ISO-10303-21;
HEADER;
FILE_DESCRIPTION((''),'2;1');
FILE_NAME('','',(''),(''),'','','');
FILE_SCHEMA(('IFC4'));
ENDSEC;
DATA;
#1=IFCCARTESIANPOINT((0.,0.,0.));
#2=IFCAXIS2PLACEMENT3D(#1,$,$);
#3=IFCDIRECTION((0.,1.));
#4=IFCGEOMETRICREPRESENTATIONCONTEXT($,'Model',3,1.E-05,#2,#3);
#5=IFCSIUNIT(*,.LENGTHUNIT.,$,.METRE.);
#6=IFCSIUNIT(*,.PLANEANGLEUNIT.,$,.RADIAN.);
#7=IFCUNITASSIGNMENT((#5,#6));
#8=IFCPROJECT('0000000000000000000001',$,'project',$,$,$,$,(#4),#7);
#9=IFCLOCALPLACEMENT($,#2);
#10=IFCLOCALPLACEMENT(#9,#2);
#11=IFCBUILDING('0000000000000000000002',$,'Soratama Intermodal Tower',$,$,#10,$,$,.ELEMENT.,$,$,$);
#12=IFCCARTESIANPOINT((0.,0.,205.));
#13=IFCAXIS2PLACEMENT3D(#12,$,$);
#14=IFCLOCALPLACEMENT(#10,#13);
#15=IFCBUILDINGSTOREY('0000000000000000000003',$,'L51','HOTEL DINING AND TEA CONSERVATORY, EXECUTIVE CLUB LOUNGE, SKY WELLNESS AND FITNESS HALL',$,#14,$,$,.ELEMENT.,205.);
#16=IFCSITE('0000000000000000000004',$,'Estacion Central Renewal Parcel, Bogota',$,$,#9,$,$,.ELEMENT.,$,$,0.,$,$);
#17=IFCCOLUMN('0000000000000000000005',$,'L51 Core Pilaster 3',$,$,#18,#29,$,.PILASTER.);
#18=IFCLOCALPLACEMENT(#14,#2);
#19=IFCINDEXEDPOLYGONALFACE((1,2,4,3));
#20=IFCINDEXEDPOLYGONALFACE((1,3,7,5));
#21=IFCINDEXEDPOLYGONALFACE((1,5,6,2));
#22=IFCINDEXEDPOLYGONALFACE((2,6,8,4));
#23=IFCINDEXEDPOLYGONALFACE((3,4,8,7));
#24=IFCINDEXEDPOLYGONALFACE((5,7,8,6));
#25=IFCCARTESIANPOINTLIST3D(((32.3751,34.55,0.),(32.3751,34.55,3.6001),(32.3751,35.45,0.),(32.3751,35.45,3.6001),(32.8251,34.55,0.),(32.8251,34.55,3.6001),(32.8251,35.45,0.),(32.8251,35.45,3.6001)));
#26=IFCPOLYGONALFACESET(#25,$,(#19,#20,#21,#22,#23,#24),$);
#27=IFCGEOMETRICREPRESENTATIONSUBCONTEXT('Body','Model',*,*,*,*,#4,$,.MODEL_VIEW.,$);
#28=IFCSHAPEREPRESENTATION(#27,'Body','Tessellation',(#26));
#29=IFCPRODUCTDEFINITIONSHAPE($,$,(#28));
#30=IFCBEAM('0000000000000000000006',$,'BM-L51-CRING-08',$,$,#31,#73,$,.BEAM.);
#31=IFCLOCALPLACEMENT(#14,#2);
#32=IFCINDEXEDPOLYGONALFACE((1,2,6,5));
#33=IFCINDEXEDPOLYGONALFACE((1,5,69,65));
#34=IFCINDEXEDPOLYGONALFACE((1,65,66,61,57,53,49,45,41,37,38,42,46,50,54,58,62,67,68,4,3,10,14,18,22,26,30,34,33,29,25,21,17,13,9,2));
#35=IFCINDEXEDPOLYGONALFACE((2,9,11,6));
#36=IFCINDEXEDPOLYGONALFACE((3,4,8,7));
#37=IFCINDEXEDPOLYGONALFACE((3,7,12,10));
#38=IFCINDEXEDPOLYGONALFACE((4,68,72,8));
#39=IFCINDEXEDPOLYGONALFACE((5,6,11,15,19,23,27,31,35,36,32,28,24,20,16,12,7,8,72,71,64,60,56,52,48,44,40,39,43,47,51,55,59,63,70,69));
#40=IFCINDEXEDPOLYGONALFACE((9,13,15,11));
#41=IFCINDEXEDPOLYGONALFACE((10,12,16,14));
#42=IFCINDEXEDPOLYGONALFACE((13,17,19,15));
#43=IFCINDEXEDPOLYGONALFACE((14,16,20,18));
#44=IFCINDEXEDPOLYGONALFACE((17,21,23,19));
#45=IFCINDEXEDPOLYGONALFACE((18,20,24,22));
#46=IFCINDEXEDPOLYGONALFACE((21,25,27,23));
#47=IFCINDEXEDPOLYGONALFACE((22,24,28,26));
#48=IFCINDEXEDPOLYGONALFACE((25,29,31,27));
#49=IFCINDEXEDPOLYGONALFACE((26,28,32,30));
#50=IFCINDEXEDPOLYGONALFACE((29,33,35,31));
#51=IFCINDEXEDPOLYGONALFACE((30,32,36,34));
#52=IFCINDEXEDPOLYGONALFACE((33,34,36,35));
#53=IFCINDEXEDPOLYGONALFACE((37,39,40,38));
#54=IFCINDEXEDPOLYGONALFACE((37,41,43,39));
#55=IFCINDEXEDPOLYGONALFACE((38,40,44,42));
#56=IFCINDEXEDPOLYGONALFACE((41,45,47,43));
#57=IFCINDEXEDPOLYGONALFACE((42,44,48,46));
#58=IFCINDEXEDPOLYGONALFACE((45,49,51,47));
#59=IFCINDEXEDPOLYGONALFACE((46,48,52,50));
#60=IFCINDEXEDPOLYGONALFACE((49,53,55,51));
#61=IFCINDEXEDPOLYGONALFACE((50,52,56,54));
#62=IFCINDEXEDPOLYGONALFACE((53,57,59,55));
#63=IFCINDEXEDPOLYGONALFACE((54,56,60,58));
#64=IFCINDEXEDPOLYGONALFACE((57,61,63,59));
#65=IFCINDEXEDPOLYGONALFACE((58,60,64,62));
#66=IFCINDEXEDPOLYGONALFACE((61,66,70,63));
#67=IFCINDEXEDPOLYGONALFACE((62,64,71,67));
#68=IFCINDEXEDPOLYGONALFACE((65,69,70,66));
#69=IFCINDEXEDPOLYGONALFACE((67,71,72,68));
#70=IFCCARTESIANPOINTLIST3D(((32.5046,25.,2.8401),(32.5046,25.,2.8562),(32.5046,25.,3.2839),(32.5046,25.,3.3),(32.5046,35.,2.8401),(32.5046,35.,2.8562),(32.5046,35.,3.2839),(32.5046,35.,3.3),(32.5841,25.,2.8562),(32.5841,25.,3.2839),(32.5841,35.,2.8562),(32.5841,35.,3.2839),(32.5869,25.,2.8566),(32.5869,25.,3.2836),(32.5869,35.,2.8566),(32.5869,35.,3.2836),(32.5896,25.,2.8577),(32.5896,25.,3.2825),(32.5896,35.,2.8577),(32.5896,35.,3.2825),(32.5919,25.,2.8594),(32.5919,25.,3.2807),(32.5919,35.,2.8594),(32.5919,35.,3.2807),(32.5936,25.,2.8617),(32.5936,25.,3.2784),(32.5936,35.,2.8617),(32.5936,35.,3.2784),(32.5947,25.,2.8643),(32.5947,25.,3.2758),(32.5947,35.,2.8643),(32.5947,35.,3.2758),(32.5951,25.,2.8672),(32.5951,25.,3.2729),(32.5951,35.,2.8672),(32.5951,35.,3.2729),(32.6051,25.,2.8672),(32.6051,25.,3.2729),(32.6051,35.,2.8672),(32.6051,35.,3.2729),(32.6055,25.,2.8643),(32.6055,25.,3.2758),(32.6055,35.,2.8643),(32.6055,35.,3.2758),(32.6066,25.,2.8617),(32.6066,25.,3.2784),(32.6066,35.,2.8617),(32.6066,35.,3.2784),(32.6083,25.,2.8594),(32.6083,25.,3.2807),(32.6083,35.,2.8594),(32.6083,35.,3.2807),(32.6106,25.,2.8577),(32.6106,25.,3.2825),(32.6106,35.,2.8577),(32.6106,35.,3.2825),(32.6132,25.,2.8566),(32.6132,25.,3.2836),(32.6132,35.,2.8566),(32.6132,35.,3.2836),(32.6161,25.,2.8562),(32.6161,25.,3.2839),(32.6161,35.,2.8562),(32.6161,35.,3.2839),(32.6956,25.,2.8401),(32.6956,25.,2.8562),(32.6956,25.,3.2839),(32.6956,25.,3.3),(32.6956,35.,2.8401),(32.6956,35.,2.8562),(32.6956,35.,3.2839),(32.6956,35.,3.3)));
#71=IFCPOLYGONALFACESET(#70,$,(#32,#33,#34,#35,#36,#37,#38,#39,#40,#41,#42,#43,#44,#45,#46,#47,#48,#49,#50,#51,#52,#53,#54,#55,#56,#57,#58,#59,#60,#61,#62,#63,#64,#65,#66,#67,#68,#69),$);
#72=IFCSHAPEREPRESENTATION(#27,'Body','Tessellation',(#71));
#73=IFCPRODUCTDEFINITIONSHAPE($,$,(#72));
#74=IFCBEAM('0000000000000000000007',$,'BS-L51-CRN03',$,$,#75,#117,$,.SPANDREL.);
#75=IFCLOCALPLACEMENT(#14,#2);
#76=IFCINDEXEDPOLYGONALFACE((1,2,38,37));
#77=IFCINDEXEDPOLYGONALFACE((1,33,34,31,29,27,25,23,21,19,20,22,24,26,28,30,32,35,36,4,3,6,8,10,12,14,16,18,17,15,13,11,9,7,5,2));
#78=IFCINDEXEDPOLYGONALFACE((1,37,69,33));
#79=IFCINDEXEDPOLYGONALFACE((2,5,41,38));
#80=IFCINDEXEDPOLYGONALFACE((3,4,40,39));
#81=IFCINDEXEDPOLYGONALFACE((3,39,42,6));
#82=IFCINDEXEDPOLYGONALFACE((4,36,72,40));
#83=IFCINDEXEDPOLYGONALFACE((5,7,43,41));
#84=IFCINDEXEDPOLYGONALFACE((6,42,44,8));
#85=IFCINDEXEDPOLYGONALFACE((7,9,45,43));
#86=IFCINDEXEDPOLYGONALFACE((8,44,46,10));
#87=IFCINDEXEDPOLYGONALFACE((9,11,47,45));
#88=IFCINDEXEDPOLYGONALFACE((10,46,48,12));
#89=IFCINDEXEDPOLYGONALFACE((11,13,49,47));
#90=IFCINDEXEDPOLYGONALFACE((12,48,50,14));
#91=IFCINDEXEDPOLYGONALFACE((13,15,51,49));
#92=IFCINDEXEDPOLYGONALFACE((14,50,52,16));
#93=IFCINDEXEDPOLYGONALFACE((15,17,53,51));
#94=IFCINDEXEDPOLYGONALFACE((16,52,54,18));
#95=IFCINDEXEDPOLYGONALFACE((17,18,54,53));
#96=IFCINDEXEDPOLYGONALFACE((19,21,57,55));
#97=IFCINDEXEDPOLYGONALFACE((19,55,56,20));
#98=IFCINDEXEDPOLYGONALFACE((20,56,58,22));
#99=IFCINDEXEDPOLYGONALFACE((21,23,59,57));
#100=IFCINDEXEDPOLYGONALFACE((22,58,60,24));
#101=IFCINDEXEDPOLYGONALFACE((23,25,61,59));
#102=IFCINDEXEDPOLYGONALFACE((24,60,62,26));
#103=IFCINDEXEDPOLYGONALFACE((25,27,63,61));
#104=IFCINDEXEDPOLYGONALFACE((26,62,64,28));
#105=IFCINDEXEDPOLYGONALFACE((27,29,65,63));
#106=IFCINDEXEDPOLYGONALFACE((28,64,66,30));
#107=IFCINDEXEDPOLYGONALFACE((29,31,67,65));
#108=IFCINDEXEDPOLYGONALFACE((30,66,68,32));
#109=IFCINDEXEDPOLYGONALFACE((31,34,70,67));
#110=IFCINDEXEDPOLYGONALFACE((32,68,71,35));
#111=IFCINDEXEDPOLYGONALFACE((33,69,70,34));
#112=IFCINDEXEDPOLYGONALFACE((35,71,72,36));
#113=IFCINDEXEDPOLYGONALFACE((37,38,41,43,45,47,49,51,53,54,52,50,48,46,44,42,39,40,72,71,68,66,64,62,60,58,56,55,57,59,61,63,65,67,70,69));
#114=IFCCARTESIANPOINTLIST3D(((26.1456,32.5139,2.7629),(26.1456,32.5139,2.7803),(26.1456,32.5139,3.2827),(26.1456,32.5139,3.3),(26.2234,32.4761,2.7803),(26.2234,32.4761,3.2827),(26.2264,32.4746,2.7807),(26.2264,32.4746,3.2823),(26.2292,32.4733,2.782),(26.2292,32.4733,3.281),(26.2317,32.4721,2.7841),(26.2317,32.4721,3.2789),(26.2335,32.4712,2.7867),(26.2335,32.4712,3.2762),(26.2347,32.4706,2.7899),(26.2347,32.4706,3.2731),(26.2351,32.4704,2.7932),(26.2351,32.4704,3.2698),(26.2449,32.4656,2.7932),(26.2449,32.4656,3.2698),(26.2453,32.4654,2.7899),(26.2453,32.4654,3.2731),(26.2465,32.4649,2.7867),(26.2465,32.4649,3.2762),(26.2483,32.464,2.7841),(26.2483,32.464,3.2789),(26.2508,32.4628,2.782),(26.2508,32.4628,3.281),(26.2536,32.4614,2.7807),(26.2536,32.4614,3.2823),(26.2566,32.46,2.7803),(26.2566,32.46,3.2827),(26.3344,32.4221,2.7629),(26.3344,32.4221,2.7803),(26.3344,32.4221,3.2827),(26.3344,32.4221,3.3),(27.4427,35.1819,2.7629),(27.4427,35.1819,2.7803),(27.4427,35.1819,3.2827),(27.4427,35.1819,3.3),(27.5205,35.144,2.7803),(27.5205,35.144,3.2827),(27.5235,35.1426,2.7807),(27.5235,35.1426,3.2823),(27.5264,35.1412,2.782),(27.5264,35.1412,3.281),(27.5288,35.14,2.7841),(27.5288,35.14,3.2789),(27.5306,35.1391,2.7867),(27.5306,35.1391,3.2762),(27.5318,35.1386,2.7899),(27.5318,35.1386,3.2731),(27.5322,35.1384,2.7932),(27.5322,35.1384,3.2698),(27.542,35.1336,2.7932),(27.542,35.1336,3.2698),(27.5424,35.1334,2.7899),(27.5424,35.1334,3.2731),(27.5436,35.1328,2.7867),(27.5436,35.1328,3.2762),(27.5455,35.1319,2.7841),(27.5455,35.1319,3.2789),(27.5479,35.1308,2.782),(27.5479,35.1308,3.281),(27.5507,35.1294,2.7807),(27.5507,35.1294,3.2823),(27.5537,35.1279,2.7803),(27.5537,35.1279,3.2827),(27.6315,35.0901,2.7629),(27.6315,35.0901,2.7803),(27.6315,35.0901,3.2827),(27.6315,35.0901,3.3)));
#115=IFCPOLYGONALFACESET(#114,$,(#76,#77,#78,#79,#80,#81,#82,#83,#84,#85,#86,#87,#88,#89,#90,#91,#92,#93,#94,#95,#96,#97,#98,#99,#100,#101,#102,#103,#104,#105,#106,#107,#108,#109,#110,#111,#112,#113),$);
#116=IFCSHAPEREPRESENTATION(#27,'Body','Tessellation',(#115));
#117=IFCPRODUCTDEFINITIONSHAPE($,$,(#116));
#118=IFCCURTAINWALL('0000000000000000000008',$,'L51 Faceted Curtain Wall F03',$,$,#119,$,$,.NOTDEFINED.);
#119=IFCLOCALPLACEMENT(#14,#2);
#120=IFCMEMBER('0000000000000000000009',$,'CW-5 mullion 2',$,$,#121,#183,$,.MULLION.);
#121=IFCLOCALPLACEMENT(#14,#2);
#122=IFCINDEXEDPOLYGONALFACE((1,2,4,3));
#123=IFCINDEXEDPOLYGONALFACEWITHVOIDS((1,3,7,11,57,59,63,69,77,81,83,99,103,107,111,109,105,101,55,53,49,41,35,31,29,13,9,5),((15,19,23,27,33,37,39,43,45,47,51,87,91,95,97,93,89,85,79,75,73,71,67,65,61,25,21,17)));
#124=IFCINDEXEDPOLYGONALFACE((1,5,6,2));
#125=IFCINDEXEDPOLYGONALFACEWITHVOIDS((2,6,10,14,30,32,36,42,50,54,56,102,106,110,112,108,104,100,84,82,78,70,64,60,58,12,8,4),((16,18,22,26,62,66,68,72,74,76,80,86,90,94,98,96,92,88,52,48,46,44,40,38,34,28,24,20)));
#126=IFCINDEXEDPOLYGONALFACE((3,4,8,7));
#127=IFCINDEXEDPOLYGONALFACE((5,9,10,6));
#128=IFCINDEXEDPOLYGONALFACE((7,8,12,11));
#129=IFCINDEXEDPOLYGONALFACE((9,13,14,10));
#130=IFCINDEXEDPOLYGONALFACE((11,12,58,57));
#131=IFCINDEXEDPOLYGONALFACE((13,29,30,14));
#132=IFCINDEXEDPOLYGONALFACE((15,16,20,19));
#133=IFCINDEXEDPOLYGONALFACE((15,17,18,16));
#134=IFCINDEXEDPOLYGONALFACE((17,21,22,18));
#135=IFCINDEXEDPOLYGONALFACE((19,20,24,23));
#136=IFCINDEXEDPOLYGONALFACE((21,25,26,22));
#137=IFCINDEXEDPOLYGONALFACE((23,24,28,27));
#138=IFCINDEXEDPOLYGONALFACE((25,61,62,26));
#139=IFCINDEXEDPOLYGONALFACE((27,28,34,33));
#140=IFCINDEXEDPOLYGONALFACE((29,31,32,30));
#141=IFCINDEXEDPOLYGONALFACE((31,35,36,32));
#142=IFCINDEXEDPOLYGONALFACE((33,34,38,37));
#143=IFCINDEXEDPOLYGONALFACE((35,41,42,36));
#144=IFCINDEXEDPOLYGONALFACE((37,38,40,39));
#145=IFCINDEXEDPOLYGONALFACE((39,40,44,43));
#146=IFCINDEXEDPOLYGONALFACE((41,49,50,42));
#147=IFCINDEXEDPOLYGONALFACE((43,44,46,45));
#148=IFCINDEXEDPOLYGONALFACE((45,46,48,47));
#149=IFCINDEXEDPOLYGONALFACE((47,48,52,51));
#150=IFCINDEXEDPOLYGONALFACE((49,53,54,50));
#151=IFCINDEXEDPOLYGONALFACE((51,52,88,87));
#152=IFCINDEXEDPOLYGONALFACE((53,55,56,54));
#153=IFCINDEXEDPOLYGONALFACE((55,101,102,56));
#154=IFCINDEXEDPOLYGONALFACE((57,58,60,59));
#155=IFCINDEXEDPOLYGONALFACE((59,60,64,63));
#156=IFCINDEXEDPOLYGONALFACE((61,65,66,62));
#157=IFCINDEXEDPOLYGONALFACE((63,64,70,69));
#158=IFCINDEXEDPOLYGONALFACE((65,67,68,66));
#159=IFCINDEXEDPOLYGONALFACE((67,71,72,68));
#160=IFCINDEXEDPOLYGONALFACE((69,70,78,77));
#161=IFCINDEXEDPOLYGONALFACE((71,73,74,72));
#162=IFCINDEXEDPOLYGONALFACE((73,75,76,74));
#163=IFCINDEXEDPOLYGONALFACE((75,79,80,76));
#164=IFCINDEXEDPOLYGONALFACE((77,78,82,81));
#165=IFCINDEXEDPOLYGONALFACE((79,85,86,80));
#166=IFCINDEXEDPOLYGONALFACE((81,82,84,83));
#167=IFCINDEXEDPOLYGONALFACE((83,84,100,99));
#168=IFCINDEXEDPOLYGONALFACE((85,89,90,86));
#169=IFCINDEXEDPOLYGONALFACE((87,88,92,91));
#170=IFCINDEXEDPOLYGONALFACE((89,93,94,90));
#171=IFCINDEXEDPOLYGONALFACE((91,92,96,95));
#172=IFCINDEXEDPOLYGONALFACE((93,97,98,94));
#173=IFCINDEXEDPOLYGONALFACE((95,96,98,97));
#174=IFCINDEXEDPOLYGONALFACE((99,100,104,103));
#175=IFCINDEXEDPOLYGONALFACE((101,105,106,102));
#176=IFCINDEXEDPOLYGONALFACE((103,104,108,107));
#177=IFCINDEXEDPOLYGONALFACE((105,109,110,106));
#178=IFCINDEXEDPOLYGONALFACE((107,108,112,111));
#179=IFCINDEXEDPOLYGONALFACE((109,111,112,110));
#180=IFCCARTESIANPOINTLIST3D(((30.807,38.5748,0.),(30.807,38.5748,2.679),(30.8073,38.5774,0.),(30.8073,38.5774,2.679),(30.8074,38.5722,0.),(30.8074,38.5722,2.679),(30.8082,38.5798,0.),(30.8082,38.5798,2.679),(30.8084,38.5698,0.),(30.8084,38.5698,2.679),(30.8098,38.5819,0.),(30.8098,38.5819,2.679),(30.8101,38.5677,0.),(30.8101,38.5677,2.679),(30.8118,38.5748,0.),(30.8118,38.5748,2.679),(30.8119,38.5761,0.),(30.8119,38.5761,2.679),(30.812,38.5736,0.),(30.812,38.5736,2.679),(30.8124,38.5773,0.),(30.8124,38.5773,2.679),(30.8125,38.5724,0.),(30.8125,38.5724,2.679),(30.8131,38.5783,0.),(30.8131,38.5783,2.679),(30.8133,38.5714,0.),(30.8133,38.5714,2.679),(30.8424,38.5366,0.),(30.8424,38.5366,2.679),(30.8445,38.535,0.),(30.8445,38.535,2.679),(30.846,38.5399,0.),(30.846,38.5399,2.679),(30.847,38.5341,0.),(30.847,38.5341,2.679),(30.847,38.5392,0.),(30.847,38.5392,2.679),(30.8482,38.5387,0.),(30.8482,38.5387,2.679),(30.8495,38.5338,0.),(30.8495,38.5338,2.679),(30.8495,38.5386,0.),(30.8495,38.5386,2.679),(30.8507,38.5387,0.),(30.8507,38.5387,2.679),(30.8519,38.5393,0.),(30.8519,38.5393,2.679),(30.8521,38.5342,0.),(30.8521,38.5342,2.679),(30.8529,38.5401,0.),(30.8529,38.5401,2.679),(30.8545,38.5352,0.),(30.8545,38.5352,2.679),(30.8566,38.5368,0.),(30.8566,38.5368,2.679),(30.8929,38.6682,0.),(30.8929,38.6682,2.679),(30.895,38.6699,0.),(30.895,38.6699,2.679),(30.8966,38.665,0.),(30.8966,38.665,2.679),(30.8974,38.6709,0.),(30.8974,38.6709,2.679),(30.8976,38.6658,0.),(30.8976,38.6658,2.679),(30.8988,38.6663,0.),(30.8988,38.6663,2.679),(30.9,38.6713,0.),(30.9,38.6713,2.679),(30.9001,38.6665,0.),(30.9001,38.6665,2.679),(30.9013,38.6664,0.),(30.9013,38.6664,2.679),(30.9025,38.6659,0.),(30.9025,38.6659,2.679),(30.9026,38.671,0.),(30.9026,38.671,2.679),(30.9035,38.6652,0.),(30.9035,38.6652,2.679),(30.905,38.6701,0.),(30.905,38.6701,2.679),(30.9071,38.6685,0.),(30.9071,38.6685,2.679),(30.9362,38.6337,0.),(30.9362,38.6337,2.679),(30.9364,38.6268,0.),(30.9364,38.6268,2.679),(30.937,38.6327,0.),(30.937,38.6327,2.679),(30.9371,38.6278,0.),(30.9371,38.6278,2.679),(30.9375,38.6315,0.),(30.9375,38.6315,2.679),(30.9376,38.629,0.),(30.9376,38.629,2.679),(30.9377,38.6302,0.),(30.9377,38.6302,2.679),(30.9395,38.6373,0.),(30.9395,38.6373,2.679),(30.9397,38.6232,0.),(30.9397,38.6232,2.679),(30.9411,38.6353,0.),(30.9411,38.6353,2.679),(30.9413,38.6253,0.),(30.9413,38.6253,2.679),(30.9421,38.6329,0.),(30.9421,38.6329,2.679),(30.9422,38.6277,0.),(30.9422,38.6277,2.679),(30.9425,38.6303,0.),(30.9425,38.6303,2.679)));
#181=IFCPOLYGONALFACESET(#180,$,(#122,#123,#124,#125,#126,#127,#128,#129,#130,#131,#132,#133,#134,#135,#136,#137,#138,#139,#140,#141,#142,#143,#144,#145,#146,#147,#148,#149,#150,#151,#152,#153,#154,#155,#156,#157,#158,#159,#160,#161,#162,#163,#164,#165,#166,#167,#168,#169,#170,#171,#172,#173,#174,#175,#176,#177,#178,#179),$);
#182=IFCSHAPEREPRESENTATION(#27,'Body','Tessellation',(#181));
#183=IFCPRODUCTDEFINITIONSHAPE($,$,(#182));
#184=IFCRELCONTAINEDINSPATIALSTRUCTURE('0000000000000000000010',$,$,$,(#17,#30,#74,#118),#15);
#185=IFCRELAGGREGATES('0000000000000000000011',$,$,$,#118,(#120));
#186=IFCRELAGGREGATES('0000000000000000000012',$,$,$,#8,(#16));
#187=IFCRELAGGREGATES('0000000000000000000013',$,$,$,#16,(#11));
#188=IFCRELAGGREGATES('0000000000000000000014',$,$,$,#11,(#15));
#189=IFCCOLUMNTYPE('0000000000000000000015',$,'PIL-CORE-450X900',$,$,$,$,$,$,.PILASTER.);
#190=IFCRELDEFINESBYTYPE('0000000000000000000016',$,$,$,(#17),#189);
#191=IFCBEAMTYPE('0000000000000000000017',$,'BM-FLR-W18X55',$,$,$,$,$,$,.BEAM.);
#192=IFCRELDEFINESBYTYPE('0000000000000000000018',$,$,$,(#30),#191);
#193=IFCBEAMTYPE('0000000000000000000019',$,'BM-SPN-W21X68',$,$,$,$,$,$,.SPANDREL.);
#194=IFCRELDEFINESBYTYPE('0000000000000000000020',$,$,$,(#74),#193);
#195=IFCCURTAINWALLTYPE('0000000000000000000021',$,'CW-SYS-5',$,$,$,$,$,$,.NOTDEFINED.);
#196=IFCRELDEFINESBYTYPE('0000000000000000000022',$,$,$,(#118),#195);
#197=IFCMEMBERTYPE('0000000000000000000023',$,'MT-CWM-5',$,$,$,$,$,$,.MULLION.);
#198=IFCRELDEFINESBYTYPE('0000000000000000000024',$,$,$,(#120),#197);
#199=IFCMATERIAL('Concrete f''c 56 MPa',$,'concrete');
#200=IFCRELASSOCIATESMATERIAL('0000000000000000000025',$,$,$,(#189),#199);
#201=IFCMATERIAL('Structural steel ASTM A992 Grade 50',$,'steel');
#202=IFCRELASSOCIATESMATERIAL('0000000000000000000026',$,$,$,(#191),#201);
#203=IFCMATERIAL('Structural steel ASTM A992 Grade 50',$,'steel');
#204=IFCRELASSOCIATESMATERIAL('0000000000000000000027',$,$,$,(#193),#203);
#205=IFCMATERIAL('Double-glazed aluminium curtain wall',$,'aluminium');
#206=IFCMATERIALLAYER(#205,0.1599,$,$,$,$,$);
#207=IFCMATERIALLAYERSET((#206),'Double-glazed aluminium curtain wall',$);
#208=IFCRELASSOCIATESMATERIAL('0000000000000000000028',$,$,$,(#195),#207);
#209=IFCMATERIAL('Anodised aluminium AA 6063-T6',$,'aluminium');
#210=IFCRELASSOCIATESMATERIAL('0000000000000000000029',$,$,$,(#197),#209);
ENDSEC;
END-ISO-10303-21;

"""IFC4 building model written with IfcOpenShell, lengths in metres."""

from ifc_helpers import new_model, si_unit, direction, frame, origin, origin_2d, place, context, subcontext, project, spatial, rectangle, hollow_rectangle, i_section, extrude, material, layer, layer_set, material_profile, profile_set, type_object, element, aggregate, save


model = new_model("IFC4")

# Units and contexts
model_context = context("Model", 3, precision=1e-05, world=origin(), true_north=direction((0.0, 1.0)))
body_context = subcontext(model_context, "Body", "Model", "MODEL_VIEW")
ifc_project = project(units=[si_unit("LENGTHUNIT", "METRE"), si_unit("PLANEANGLEUNIT", "RADIAN")], contexts=[model_context])

# Site, building, storey
site_placement = place(None, origin())
site = spatial("IfcSite", under=ifc_project, at=site_placement, Name="Estacion Central Renewal Parcel, Bogota", CompositionType="ELEMENT", RefElevation=0.0)
building_placement = place(site_placement, origin())
building = spatial("IfcBuilding", under=site, at=building_placement, Name="Soratama Intermodal Tower", CompositionType="ELEMENT")
storey_placement = place(building_placement, frame((0.0, 0.0, 205.0)))
storey = spatial("IfcBuildingStorey", under=building, at=storey_placement, Name="L51", Description="HOTEL DINING AND TEA CONSERVATORY, EXECUTIVE CLUB LOUNGE, SKY WELLNESS AND FITNESS HALL", CompositionType="ELEMENT", Elevation=205.0)

# Column
ifc_material_1 = material(Name="Concrete f'c 56 MPa", Category="concrete")
ifc_material_profile_1 = material_profile(ifc_material_1, rectangle(XDim=0.45, YDim=0.8999, at=origin_2d()), Name="RC450X900")
ifc_profile_set_1 = profile_set([ifc_material_profile_1], Name="Concrete f'c 56 MPa")
column_type = type_object("IfcColumnType", Name="PIL-CORE-450X900", PredefinedType="PILASTER", material=ifc_profile_set_1)
column_placement = place(storey_placement, frame((32.6001, 35.0, 0.0), z_axis=(0.0, 0.0, 1.0), x_axis=(1.0, 0.0, 0.0)))
element("IfcColumn", 1, at=column_placement, inside=storey, type_object=column_type, Name="L51 Core Pilaster 3", PredefinedType="PILASTER", context=body_context, shape_type="SweptSolid", body=[
    extrude(rectangle(XDim=0.45, YDim=0.8999, at=origin_2d()), origin(), (0.0, 0.0, 1.0), 3.6001),
])

# Beams
ifc_material_2 = material(Name="Structural steel ASTM A992 Grade 50", Category="steel")
ifc_material_profile_2 = material_profile(ifc_material_2, i_section(OverallWidth=0.1909, OverallDepth=0.46, WebThickness=0.01, FlangeThickness=0.0161, FilletRadius=0.011, at=origin_2d()), Name="W18X55")
ifc_profile_set_2 = profile_set([ifc_material_profile_2], Name="Structural steel ASTM A992 Grade 50")
beam_type_1 = type_object("IfcBeamType", Name="BM-FLR-W18X55", PredefinedType="BEAM", material=ifc_profile_set_2)
beam_1_placement = place(storey_placement, frame((32.6001, 35.0, 3.0701), z_axis=(0.0, -1.0, 0.0), x_axis=(1.0, 0.0, 0.0)))
element("IfcBeam", 2, at=beam_1_placement, inside=storey, type_object=beam_type_1, Name="BM-L51-CRING-08", PredefinedType="BEAM", context=body_context, shape_type="SweptSolid", body=[
    extrude(i_section(OverallWidth=0.1909, OverallDepth=0.46, WebThickness=0.01, FlangeThickness=0.0161, FilletRadius=0.011, at=origin_2d()), origin(), (0.0, 0.0, 1.0), 10.0),
])
ifc_material_3 = material(Name="Structural steel ASTM A992 Grade 50", Category="steel")
ifc_material_profile_3 = material_profile(ifc_material_3, i_section(OverallWidth=0.21, OverallDepth=0.5371, WebThickness=0.011, FlangeThickness=0.0173, FilletRadius=0.0129, at=origin_2d()), Name="W21X68")
ifc_profile_set_3 = profile_set([ifc_material_profile_3], Name="Structural steel ASTM A992 Grade 50")
beam_type_2 = type_object("IfcBeamType", Name="BM-SPN-W21X68", PredefinedType="SPANDREL", material=ifc_profile_set_3)
beam_2_placement = place(storey_placement, frame((27.5371, 35.136, 3.0315), z_axis=(-0.437244, -0.899343, 0.0), x_axis=(0.899343, -0.437244, 0.0)))
element("IfcBeam", 3, at=beam_2_placement, inside=storey, type_object=beam_type_2, Name="BS-L51-CRN03", PredefinedType="SPANDREL", context=body_context, shape_type="SweptSolid", body=[
    extrude(i_section(OverallWidth=0.21, OverallDepth=0.5371, WebThickness=0.011, FlangeThickness=0.0173, FilletRadius=0.0129, at=origin_2d()), origin(), (0.0, 0.0, 1.0), 2.9666),
])

# Curtain wall, member
ifc_material_4 = material(Name="Double-glazed aluminium curtain wall", Category="aluminium")
ifc_layer_1 = layer(ifc_material_4, 0.1599)
ifc_layer_set_1 = layer_set([ifc_layer_1], Name="Double-glazed aluminium curtain wall")
curtain_wall_type = type_object("IfcCurtainWallType", Name="CW-SYS-5", PredefinedType="NOTDEFINED", material=ifc_layer_set_1)
curtain_wall_placement = place(storey_placement, origin())
curtain_wall = element("IfcCurtainWall", 4, at=curtain_wall_placement, inside=storey, type_object=curtain_wall_type, Name="L51 Faceted Curtain Wall F03", PredefinedType="NOTDEFINED")
ifc_material_5 = material(Name="Anodised aluminium AA 6063-T6", Category="aluminium")
ifc_material_profile_4 = material_profile(ifc_material_5, hollow_rectangle(XDim=0.0649, YDim=0.1399, WallThickness=0.0049, InnerFilletRadius=0.0049, OuterFilletRadius=0.01, at=origin_2d()), Name="CWM140X65X5")
ifc_profile_set_4 = profile_set([ifc_material_profile_4], Name="Anodised aluminium AA 6063-T6")
member_type_1 = type_object("IfcMemberType", Name="MT-CWM-5", PredefinedType="MULLION", material=ifc_profile_set_4)
member_1_placement = place(storey_placement, frame((30.8748, 38.6025, 0.0), z_axis=(0.0, 0.0, 1.0), x_axis=(0.720307, -0.693655, 0.0)))
member_1 = element("IfcMember", 5, at=member_1_placement, type_object=member_type_1, Name="CW-5 mullion 2", PredefinedType="MULLION", context=body_context, shape_type="SweptSolid", body=[
    extrude(hollow_rectangle(XDim=0.0649, YDim=0.1399, WallThickness=0.0049, InnerFilletRadius=0.0049, OuterFilletRadius=0.01, at=origin_2d()), origin(), (0.0, 0.0, 1.0), 2.679),
])
aggregate(curtain_wall, [member_1])

save(model, "model.ifc")
